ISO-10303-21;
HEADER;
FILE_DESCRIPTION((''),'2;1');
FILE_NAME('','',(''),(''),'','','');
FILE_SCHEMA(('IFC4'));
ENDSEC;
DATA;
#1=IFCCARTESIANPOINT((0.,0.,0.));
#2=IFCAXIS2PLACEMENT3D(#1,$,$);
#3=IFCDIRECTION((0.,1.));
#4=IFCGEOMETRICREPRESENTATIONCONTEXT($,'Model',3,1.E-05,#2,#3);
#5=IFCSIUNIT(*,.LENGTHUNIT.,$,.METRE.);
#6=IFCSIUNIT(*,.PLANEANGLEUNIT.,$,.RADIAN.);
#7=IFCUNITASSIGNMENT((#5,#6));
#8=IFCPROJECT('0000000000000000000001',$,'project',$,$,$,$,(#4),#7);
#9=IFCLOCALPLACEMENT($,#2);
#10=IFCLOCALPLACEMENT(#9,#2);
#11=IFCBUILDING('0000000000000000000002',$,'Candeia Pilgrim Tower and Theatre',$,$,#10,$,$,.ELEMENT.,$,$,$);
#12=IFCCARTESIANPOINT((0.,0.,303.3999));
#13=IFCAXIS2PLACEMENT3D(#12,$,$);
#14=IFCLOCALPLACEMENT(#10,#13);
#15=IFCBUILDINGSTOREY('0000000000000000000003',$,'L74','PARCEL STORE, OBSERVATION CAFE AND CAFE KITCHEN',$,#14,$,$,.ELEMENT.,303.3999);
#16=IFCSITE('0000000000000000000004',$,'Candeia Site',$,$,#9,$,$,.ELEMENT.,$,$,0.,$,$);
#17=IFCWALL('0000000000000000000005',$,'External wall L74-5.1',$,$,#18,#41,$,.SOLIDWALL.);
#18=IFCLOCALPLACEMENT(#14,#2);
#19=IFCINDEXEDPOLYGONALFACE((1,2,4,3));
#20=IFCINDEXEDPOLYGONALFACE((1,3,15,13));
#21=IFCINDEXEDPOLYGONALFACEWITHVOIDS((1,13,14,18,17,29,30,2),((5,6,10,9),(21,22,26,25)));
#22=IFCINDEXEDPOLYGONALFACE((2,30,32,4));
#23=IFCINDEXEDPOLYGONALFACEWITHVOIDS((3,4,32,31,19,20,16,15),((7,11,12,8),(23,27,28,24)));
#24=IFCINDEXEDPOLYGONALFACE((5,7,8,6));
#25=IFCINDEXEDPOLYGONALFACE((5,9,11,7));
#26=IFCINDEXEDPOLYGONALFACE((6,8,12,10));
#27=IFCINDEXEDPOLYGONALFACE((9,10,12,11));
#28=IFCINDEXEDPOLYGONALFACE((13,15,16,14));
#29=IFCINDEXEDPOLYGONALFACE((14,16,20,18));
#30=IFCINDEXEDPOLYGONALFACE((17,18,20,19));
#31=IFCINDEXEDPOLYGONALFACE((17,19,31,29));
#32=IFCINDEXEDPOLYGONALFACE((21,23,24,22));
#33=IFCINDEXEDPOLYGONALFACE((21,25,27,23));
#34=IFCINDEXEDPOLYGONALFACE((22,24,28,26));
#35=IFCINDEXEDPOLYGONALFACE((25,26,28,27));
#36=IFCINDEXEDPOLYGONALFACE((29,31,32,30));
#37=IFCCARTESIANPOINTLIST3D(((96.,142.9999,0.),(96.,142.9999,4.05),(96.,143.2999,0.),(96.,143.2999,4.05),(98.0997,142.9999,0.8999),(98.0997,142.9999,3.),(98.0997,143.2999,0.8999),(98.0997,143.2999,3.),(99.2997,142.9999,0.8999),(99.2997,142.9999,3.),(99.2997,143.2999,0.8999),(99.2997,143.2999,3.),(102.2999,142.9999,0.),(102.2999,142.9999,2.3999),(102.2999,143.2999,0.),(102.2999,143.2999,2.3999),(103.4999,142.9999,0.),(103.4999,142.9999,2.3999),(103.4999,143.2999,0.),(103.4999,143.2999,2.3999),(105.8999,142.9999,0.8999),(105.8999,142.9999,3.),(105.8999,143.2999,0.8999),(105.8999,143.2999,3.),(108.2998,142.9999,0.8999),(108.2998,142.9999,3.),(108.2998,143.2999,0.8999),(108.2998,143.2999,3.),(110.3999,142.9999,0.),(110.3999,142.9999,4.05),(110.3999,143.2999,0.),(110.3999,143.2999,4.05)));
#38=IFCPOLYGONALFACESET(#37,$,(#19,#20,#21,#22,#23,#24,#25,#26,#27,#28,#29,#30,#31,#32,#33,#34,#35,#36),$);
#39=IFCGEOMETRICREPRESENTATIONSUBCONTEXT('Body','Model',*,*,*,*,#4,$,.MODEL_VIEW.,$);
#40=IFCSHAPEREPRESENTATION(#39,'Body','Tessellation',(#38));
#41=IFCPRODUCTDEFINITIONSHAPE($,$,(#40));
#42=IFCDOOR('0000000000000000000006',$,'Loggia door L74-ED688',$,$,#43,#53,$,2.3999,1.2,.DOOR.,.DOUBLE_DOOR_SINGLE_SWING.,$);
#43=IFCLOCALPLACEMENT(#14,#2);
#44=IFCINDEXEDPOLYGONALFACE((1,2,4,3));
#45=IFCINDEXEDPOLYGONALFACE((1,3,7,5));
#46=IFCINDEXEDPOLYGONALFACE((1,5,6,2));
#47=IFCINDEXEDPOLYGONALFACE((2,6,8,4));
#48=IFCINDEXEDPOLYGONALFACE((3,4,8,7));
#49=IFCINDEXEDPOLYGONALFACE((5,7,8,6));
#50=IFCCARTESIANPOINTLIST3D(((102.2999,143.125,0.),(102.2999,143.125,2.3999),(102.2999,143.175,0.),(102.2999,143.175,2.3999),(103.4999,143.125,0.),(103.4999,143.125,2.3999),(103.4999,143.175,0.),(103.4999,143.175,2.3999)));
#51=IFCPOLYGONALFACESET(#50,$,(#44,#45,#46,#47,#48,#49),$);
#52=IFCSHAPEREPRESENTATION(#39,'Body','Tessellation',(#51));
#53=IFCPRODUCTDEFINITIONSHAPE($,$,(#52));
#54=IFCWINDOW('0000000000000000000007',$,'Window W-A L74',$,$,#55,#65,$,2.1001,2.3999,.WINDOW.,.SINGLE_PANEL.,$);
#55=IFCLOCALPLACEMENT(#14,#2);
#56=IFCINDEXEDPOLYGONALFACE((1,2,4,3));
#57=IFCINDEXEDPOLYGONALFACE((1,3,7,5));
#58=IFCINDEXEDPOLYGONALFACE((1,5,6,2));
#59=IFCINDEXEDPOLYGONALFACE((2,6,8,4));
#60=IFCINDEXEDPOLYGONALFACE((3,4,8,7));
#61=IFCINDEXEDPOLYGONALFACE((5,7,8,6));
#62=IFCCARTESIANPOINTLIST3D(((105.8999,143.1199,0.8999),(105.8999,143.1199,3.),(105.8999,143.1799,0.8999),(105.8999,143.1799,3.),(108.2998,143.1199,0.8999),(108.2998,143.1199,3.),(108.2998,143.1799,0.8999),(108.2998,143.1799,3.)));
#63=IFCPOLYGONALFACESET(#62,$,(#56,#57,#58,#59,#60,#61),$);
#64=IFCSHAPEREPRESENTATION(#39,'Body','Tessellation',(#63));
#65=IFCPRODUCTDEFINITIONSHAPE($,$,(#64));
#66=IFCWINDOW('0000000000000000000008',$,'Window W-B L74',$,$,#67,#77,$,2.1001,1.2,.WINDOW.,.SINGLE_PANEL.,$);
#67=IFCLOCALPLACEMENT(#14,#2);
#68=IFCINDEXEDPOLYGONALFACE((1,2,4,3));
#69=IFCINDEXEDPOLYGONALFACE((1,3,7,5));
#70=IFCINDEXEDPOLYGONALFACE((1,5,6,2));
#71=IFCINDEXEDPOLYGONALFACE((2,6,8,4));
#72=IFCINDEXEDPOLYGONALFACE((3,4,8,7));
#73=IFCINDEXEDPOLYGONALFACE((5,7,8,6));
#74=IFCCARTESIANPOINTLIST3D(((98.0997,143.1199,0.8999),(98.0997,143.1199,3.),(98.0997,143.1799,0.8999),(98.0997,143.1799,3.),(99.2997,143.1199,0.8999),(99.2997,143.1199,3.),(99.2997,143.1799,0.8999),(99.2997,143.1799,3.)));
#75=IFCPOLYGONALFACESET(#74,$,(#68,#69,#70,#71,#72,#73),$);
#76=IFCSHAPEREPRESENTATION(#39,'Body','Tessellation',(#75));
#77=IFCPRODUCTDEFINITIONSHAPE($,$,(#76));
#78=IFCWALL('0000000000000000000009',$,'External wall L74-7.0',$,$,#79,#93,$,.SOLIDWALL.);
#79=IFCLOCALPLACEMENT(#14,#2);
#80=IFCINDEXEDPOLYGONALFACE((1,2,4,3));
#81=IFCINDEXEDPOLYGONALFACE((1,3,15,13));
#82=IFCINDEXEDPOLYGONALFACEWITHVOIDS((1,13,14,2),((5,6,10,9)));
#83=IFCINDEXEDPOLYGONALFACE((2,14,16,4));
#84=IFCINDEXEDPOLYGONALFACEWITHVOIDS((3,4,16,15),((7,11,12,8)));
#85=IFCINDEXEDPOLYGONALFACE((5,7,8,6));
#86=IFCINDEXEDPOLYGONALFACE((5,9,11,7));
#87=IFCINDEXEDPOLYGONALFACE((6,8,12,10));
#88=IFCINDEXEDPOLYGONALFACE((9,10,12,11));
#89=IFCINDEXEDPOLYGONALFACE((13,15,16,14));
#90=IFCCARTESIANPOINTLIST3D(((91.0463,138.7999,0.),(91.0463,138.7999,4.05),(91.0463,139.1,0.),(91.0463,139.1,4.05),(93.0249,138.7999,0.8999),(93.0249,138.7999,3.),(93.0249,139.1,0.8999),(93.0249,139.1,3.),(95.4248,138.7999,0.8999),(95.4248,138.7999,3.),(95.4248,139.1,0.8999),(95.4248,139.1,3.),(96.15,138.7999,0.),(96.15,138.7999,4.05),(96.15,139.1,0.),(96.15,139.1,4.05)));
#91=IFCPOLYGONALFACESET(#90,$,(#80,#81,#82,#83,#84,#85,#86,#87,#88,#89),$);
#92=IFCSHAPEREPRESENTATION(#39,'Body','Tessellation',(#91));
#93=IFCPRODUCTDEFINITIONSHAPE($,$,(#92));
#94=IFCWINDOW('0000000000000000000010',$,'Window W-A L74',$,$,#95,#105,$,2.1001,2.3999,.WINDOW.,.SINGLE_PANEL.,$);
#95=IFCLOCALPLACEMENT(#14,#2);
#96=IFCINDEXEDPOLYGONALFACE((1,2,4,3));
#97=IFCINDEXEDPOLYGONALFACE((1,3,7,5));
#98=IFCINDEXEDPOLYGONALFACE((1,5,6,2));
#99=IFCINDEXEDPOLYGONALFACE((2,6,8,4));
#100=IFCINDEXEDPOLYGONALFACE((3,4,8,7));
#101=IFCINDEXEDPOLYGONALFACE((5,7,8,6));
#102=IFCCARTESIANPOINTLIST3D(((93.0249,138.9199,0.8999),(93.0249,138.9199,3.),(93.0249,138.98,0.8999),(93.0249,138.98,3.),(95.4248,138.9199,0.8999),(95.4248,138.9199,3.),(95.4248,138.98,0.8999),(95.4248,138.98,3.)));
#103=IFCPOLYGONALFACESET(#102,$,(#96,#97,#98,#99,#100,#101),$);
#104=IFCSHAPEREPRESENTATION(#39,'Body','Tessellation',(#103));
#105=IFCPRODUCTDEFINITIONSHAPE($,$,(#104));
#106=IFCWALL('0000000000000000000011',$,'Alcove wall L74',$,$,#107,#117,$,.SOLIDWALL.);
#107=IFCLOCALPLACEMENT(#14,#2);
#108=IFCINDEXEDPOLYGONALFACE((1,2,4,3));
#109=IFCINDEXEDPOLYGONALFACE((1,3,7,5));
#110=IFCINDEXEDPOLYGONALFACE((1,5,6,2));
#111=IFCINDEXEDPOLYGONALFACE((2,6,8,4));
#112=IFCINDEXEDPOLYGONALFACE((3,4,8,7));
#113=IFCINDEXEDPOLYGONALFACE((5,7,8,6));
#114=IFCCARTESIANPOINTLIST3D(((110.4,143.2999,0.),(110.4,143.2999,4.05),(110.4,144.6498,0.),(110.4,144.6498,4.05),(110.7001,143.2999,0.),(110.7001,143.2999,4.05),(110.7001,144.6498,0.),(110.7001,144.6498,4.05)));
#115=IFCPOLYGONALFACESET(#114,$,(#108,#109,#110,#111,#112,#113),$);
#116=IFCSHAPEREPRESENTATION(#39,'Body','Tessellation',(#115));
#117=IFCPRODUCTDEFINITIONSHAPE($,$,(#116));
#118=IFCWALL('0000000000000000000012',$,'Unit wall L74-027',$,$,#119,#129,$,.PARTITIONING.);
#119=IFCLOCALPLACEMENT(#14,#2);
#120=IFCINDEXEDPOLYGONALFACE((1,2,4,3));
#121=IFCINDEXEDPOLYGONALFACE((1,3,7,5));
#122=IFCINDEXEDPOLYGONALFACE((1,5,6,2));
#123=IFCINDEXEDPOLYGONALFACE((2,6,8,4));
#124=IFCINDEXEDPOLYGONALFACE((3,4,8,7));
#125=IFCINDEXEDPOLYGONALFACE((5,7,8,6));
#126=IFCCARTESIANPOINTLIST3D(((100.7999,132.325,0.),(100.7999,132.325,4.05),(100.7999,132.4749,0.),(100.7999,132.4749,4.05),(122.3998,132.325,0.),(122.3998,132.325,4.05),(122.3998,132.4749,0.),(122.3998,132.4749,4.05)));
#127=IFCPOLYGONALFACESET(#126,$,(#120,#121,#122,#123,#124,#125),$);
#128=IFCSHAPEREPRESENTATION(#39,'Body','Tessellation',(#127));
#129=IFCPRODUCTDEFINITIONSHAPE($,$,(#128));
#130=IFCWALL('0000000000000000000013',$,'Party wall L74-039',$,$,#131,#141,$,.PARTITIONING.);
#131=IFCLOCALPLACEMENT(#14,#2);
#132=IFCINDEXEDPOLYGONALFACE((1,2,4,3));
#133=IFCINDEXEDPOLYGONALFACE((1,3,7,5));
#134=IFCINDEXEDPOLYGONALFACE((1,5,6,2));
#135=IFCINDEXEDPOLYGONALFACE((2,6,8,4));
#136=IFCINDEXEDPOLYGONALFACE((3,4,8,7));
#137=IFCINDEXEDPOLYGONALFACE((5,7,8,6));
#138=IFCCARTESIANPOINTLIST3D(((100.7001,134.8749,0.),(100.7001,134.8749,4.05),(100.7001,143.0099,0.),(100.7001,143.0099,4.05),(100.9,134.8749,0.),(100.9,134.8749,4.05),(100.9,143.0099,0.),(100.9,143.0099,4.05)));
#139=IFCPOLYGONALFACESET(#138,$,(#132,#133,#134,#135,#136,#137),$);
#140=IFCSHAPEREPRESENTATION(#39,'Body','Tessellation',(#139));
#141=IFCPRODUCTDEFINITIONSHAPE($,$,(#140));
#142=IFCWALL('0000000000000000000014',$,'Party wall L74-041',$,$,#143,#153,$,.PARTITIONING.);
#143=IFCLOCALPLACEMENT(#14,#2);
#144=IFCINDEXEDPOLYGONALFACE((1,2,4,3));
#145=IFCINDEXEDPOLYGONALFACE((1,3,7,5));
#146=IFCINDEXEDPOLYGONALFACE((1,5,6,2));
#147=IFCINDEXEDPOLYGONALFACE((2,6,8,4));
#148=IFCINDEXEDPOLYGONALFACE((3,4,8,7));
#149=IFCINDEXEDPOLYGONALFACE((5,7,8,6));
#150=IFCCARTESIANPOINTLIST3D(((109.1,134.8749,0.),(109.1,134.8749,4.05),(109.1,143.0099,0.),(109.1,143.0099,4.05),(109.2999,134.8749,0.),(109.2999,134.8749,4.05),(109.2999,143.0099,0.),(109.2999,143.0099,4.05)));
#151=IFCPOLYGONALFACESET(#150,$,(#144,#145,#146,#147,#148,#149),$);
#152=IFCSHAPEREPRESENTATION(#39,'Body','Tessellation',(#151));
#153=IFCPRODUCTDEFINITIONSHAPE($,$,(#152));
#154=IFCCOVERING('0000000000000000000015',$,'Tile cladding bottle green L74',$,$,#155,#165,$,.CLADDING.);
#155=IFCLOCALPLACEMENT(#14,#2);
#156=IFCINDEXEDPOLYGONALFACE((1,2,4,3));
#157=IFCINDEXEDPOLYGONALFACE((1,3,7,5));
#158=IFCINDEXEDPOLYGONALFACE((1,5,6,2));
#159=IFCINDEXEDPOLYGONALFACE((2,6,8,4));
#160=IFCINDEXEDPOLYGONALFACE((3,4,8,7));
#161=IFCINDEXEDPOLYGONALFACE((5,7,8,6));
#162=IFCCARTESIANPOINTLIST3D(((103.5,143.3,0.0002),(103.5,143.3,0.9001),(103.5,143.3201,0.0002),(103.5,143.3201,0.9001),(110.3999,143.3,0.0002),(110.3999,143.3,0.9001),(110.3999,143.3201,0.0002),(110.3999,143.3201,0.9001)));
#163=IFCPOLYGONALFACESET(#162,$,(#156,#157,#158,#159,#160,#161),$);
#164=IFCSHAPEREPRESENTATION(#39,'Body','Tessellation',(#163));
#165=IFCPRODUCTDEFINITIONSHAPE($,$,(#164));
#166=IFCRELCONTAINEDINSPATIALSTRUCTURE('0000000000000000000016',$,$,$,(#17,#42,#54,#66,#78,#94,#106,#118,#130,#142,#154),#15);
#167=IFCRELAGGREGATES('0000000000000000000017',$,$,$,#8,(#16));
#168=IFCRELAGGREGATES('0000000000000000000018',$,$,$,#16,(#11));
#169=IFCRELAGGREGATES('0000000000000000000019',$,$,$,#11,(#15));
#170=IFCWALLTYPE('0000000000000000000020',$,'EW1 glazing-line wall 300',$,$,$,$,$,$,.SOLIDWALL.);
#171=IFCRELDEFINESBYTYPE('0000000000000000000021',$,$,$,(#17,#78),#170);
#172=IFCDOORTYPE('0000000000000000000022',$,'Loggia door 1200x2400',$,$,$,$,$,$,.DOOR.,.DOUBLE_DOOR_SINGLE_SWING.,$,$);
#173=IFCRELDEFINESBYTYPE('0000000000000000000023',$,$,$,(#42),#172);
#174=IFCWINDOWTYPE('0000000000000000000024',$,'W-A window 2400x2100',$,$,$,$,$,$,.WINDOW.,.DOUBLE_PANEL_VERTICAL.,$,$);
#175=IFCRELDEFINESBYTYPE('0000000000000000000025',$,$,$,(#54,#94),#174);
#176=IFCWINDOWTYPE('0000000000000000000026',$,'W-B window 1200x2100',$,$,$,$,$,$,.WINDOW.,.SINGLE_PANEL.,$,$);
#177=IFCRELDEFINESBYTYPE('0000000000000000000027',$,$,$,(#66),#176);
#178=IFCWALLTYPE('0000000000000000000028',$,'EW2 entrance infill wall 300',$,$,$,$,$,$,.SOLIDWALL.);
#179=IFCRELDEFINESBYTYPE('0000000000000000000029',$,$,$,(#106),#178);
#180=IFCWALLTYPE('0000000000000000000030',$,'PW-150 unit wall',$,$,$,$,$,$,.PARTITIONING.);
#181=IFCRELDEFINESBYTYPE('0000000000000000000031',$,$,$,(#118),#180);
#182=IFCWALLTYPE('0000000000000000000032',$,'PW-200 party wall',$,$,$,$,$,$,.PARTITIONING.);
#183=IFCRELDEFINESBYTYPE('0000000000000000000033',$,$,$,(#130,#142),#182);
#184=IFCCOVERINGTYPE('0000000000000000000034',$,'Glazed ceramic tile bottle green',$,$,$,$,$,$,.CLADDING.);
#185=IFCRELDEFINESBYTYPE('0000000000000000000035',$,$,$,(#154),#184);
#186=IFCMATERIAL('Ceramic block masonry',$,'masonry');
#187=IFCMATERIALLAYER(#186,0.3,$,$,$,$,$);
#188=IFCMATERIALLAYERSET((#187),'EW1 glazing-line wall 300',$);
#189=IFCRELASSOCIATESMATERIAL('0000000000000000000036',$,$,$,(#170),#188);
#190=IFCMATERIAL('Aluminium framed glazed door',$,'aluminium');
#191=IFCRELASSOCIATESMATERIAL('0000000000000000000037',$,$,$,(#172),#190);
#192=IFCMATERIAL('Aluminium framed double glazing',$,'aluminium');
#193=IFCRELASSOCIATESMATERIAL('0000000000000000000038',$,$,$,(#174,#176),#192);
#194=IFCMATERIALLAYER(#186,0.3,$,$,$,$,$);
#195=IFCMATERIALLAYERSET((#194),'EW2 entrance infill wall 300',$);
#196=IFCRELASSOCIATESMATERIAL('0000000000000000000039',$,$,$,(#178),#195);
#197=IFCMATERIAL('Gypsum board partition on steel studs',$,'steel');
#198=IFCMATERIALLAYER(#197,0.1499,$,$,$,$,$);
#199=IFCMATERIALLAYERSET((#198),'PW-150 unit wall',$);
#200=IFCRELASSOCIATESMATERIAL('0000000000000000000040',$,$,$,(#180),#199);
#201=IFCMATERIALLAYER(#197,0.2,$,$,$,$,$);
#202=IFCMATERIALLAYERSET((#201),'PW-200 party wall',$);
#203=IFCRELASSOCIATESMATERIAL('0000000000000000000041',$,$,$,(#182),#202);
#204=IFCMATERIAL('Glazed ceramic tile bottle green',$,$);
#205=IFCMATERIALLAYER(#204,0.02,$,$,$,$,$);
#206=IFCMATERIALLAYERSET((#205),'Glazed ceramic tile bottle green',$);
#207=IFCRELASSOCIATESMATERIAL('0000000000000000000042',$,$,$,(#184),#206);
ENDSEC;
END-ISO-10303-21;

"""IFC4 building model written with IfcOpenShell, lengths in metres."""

from ifc_helpers import new_model, si_unit, direction, frame, frame_2d, origin, origin_2d, place, context, subcontext, project, spatial, rectangle, extrude, material, layer, layer_set, type_object, element, fill, save


model = new_model("IFC4")

# Units and contexts
model_context = context("Model", 3, precision=1e-05, world=origin(), true_north=direction((0.0, 1.0)))
body_context = subcontext(model_context, "Body", "Model", "MODEL_VIEW")
ifc_project = project(units=[si_unit("LENGTHUNIT", "METRE"), si_unit("PLANEANGLEUNIT", "RADIAN")], contexts=[model_context])

# Site, building, storey
site_placement = place(None, origin())
site = spatial("IfcSite", under=ifc_project, at=site_placement, Name="Candeia Site", CompositionType="ELEMENT", RefElevation=0.0)
building_placement = place(site_placement, origin())
building = spatial("IfcBuilding", under=site, at=building_placement, Name="Candeia Pilgrim Tower and Theatre", CompositionType="ELEMENT")
storey_placement = place(building_placement, frame((0.0, 0.0, 303.3999)))
storey = spatial("IfcBuildingStorey", under=building, at=storey_placement, Name="L74", Description="PARCEL STORE, OBSERVATION CAFE AND CAFE KITCHEN", CompositionType="ELEMENT", Elevation=303.3999)

# Wall, openings, door, windows
ifc_material_1 = material(Name="Ceramic block masonry", Category="masonry")
ifc_layer_1 = layer(ifc_material_1, 0.3)
ifc_layer_set_1 = layer_set([ifc_layer_1], Name="EW1 glazing-line wall 300")
wall_type_1 = type_object("IfcWallType", Name="EW1 glazing-line wall 300", PredefinedType="SOLIDWALL", material=ifc_layer_set_1)
wall_1_placement = place(storey_placement, frame((110.3999, 143.1499, 0.0), z_axis=(0.0, 0.0, 1.0), x_axis=(-1.0, 0.0, 0.0)))
wall_1 = element("IfcWall", 1, at=wall_1_placement, inside=storey, type_object=wall_type_1, Name="External wall L74-5.1", PredefinedType="SOLIDWALL", context=body_context, shape_type="SweptSolid", body=[
    extrude(rectangle(XDim=14.3999, YDim=0.3, at=frame_2d((7.2, 0.0))), origin(), (0.0, 0.0, 1.0), 4.05),
])
opening_1_placement = place(wall_1_placement, frame((2.1001, 0.0, 0.8999)))
opening_1 = element("IfcOpeningElement", 2, at=opening_1_placement, cuts=wall_1, PredefinedType="OPENING", context=body_context, shape_type="SweptSolid", body=[
    extrude(rectangle(XDim=2.3999, YDim=2.1001, at=frame_2d((1.2, 1.05))), frame((0.0, 0.1602, 0.0), z_axis=(0.0, -1.0, 0.0), x_axis=(1.0, 0.0, 0.0)), (0.0, 0.0, 1.0), 0.3201),
])
opening_2_placement = place(wall_1_placement, frame((6.8999, 0.0, 0.0)))
opening_2 = element("IfcOpeningElement", 3, at=opening_2_placement, cuts=wall_1, PredefinedType="OPENING", context=body_context, shape_type="SweptSolid", body=[
    extrude(rectangle(XDim=1.2, YDim=2.3999, at=frame_2d((0.6001, 1.2))), frame((0.0, 0.1602, 0.0), z_axis=(0.0, -1.0, 0.0), x_axis=(1.0, 0.0, 0.0)), (0.0, 0.0, 1.0), 0.3201),
])
opening_3_placement = place(wall_1_placement, frame((11.1001, 0.0, 0.8999)))
opening_3 = element("IfcOpeningElement", 4, at=opening_3_placement, cuts=wall_1, PredefinedType="OPENING", context=body_context, shape_type="SweptSolid", body=[
    extrude(rectangle(XDim=1.2, YDim=2.1001, at=frame_2d((0.6001, 1.05))), frame((0.0, 0.1602, 0.0), z_axis=(0.0, -1.0, 0.0), x_axis=(1.0, 0.0, 0.0)), (0.0, 0.0, 1.0), 0.3201),
])
ifc_material_2 = material(Name="Aluminium framed glazed door", Category="aluminium")
door_type_1 = type_object("IfcDoorType", Name="Loggia door 1200x2400", OperationType="DOUBLE_DOOR_SINGLE_SWING", PredefinedType="DOOR", material=ifc_material_2)
door_1_placement = place(opening_2_placement, origin())
door_1 = element("IfcDoor", 5, at=door_1_placement, inside=storey, type_object=door_type_1, Name="Loggia door L74-ED688", OperationType="DOUBLE_DOOR_SINGLE_SWING", OverallHeight=2.3999, OverallWidth=1.2, PredefinedType="DOOR", context=body_context, shape_type="SweptSolid", body=[
    extrude(rectangle(XDim=1.2, YDim=2.3999, at=frame_2d((0.6001, 1.2))), frame((0.0, 0.0249, 0.0), z_axis=(0.0, -1.0, 0.0), x_axis=(1.0, 0.0, 0.0)), (0.0, 0.0, 1.0), 0.05),
])
fill(opening_2, door_1)
ifc_material_3 = material(Name="Aluminium framed double glazing", Category="aluminium")
window_type_1 = type_object("IfcWindowType", Name="W-A window 2400x2100", PartitioningType="DOUBLE_PANEL_VERTICAL", PredefinedType="WINDOW", material=ifc_material_3)
window_1_placement = place(opening_1_placement, origin())
window_1 = element("IfcWindow", 6, at=window_1_placement, inside=storey, type_object=window_type_1, Name="Window W-A L74", OverallHeight=2.1001, OverallWidth=2.3999, PartitioningType="SINGLE_PANEL", PredefinedType="WINDOW", context=body_context, shape_type="SweptSolid", body=[
    extrude(rectangle(XDim=2.3999, YDim=2.1001, at=frame_2d((1.2, 1.05))), frame((0.0, 0.03, 0.0), z_axis=(0.0, -1.0, 0.0), x_axis=(1.0, 0.0, 0.0)), (0.0, 0.0, 1.0), 0.0601),
])
fill(opening_1, window_1)
window_type_2 = type_object("IfcWindowType", Name="W-B window 1200x2100", PartitioningType="SINGLE_PANEL", PredefinedType="WINDOW", material=ifc_material_3)
window_2_placement = place(opening_3_placement, origin())
window_2 = element("IfcWindow", 7, at=window_2_placement, inside=storey, type_object=window_type_2, Name="Window W-B L74", OverallHeight=2.1001, OverallWidth=1.2, PartitioningType="SINGLE_PANEL", PredefinedType="WINDOW", context=body_context, shape_type="SweptSolid", body=[
    extrude(rectangle(XDim=1.2, YDim=2.1001, at=frame_2d((0.6001, 1.05))), frame((0.0, 0.03, 0.0), z_axis=(0.0, -1.0, 0.0), x_axis=(1.0, 0.0, 0.0)), (0.0, 0.0, 1.0), 0.0601),
])
fill(opening_3, window_2)

# Wall, opening, window
wall_2_placement = place(storey_placement, frame((96.1499, 138.95, 0.0), z_axis=(0.0, 0.0, 1.0), x_axis=(-1.0, 0.0, 0.0)))
wall_2 = element("IfcWall", 8, at=wall_2_placement, inside=storey, type_object=wall_type_1, Name="External wall L74-7.0", PredefinedType="SOLIDWALL", context=body_context, shape_type="SweptSolid", body=[
    extrude(rectangle(XDim=5.1038, YDim=0.3, at=frame_2d((2.5518, 0.0))), origin(), (0.0, 0.0, 1.0), 4.05),
])
opening_4_placement = place(wall_2_placement, frame((0.7251, 0.0, 0.8999)))
opening_4 = element("IfcOpeningElement", 9, at=opening_4_placement, cuts=wall_2, PredefinedType="OPENING", context=body_context, shape_type="SweptSolid", body=[
    extrude(rectangle(XDim=2.3999, YDim=2.1001, at=frame_2d((1.2, 1.05))), frame((0.0, 0.1602, 0.0), z_axis=(0.0, -1.0, 0.0), x_axis=(1.0, 0.0, 0.0)), (0.0, 0.0, 1.0), 0.3201),
])
window_3_placement = place(opening_4_placement, origin())
window_3 = element("IfcWindow", 10, at=window_3_placement, inside=storey, type_object=window_type_1, Name="Window W-A L74", OverallHeight=2.1001, OverallWidth=2.3999, PartitioningType="SINGLE_PANEL", PredefinedType="WINDOW", context=body_context, shape_type="SweptSolid", body=[
    extrude(rectangle(XDim=2.3999, YDim=2.1001, at=frame_2d((1.2, 1.05))), frame((0.0, 0.03, 0.0), z_axis=(0.0, -1.0, 0.0), x_axis=(1.0, 0.0, 0.0)), (0.0, 0.0, 1.0), 0.0601),
])
fill(opening_4, window_3)

# Walls
ifc_layer_2 = layer(ifc_material_1, 0.3)
ifc_layer_set_2 = layer_set([ifc_layer_2], Name="EW2 entrance infill wall 300")
wall_type_2 = type_object("IfcWallType", Name="EW2 entrance infill wall 300", PredefinedType="SOLIDWALL", material=ifc_layer_set_2)
wall_3_placement = place(storey_placement, frame((110.55, 143.3, 0.0), z_axis=(0.0, 0.0, 1.0), x_axis=(0.0, 1.0, 0.0)))
element("IfcWall", 11, at=wall_3_placement, inside=storey, type_object=wall_type_2, Name="Alcove wall L74", PredefinedType="SOLIDWALL", context=body_context, shape_type="SweptSolid", body=[
    extrude(rectangle(XDim=1.3499, YDim=0.3, at=frame_2d((0.6748, 0.0))), origin(), (0.0, 0.0, 1.0), 4.05),
])
ifc_material_4 = material(Name="Gypsum board partition on steel studs", Category="steel")
ifc_layer_3 = layer(ifc_material_4, 0.1499)
ifc_layer_set_3 = layer_set([ifc_layer_3], Name="PW-150 unit wall")
wall_type_3 = type_object("IfcWallType", Name="PW-150 unit wall", PredefinedType="PARTITIONING", material=ifc_layer_set_3)
wall_4_placement = place(storey_placement, frame((100.8, 132.3999, 0.0), z_axis=(0.0, 0.0, 1.0), x_axis=(1.0, 0.0, 0.0)))
element("IfcWall", 12, at=wall_4_placement, inside=storey, type_object=wall_type_3, Name="Unit wall L74-027", PredefinedType="PARTITIONING", context=body_context, shape_type="SweptSolid", body=[
    extrude(rectangle(XDim=21.5999, YDim=0.1499, at=frame_2d((10.7998, 0.0))), origin(), (0.0, 0.0, 1.0), 4.05),
])
ifc_layer_4 = layer(ifc_material_4, 0.2)
ifc_layer_set_4 = layer_set([ifc_layer_4], Name="PW-200 party wall")
wall_type_4 = type_object("IfcWallType", Name="PW-200 party wall", PredefinedType="PARTITIONING", material=ifc_layer_set_4)
for number, where, z_axis, x_axis, name in (
    (13, (100.8, 134.875, 0.0), (0.0, 0.0, 1.0), (0.0, 1.0, 0.0), "Party wall L74-039"),
    (14, (109.2, 134.875, 0.0), (0.0, 0.0, 1.0), (0.0, 1.0, 0.0), "Party wall L74-041"),
):
    element("IfcWall", number, at=place(storey_placement, frame(where, z_axis=z_axis, x_axis=x_axis)), inside=storey, type_object=wall_type_4, Name=name, PredefinedType="PARTITIONING", context=body_context, shape_type="SweptSolid", body=[
        extrude(rectangle(XDim=8.135, YDim=0.2, at=frame_2d((4.0674, 0.0))), origin(), (0.0, 0.0, 1.0), 4.05),
    ])

# Covering
ifc_material_5 = material(Name="Glazed ceramic tile bottle green")
ifc_layer_5 = layer(ifc_material_5, 0.02)
ifc_layer_set_5 = layer_set([ifc_layer_5], Name="Glazed ceramic tile bottle green")
covering_type = type_object("IfcCoveringType", Name="Glazed ceramic tile bottle green", PredefinedType="CLADDING", material=ifc_layer_set_5)
covering_1_placement = place(storey_placement, frame((106.95, 143.3101, 0.0002), z_axis=(0.0, 0.0, 1.0), x_axis=(-1.0, 0.0, 0.0)))
element("IfcCovering", 15, at=covering_1_placement, inside=storey, type_object=covering_type, Name="Tile cladding bottle green L74", PredefinedType="CLADDING", context=body_context, shape_type="SweptSolid", body=[
    extrude(rectangle(XDim=6.8999, YDim=0.02, at=origin_2d()), origin(), (0.0, 0.0, 1.0), 0.8999),
])

save(model, "model.ifc")
